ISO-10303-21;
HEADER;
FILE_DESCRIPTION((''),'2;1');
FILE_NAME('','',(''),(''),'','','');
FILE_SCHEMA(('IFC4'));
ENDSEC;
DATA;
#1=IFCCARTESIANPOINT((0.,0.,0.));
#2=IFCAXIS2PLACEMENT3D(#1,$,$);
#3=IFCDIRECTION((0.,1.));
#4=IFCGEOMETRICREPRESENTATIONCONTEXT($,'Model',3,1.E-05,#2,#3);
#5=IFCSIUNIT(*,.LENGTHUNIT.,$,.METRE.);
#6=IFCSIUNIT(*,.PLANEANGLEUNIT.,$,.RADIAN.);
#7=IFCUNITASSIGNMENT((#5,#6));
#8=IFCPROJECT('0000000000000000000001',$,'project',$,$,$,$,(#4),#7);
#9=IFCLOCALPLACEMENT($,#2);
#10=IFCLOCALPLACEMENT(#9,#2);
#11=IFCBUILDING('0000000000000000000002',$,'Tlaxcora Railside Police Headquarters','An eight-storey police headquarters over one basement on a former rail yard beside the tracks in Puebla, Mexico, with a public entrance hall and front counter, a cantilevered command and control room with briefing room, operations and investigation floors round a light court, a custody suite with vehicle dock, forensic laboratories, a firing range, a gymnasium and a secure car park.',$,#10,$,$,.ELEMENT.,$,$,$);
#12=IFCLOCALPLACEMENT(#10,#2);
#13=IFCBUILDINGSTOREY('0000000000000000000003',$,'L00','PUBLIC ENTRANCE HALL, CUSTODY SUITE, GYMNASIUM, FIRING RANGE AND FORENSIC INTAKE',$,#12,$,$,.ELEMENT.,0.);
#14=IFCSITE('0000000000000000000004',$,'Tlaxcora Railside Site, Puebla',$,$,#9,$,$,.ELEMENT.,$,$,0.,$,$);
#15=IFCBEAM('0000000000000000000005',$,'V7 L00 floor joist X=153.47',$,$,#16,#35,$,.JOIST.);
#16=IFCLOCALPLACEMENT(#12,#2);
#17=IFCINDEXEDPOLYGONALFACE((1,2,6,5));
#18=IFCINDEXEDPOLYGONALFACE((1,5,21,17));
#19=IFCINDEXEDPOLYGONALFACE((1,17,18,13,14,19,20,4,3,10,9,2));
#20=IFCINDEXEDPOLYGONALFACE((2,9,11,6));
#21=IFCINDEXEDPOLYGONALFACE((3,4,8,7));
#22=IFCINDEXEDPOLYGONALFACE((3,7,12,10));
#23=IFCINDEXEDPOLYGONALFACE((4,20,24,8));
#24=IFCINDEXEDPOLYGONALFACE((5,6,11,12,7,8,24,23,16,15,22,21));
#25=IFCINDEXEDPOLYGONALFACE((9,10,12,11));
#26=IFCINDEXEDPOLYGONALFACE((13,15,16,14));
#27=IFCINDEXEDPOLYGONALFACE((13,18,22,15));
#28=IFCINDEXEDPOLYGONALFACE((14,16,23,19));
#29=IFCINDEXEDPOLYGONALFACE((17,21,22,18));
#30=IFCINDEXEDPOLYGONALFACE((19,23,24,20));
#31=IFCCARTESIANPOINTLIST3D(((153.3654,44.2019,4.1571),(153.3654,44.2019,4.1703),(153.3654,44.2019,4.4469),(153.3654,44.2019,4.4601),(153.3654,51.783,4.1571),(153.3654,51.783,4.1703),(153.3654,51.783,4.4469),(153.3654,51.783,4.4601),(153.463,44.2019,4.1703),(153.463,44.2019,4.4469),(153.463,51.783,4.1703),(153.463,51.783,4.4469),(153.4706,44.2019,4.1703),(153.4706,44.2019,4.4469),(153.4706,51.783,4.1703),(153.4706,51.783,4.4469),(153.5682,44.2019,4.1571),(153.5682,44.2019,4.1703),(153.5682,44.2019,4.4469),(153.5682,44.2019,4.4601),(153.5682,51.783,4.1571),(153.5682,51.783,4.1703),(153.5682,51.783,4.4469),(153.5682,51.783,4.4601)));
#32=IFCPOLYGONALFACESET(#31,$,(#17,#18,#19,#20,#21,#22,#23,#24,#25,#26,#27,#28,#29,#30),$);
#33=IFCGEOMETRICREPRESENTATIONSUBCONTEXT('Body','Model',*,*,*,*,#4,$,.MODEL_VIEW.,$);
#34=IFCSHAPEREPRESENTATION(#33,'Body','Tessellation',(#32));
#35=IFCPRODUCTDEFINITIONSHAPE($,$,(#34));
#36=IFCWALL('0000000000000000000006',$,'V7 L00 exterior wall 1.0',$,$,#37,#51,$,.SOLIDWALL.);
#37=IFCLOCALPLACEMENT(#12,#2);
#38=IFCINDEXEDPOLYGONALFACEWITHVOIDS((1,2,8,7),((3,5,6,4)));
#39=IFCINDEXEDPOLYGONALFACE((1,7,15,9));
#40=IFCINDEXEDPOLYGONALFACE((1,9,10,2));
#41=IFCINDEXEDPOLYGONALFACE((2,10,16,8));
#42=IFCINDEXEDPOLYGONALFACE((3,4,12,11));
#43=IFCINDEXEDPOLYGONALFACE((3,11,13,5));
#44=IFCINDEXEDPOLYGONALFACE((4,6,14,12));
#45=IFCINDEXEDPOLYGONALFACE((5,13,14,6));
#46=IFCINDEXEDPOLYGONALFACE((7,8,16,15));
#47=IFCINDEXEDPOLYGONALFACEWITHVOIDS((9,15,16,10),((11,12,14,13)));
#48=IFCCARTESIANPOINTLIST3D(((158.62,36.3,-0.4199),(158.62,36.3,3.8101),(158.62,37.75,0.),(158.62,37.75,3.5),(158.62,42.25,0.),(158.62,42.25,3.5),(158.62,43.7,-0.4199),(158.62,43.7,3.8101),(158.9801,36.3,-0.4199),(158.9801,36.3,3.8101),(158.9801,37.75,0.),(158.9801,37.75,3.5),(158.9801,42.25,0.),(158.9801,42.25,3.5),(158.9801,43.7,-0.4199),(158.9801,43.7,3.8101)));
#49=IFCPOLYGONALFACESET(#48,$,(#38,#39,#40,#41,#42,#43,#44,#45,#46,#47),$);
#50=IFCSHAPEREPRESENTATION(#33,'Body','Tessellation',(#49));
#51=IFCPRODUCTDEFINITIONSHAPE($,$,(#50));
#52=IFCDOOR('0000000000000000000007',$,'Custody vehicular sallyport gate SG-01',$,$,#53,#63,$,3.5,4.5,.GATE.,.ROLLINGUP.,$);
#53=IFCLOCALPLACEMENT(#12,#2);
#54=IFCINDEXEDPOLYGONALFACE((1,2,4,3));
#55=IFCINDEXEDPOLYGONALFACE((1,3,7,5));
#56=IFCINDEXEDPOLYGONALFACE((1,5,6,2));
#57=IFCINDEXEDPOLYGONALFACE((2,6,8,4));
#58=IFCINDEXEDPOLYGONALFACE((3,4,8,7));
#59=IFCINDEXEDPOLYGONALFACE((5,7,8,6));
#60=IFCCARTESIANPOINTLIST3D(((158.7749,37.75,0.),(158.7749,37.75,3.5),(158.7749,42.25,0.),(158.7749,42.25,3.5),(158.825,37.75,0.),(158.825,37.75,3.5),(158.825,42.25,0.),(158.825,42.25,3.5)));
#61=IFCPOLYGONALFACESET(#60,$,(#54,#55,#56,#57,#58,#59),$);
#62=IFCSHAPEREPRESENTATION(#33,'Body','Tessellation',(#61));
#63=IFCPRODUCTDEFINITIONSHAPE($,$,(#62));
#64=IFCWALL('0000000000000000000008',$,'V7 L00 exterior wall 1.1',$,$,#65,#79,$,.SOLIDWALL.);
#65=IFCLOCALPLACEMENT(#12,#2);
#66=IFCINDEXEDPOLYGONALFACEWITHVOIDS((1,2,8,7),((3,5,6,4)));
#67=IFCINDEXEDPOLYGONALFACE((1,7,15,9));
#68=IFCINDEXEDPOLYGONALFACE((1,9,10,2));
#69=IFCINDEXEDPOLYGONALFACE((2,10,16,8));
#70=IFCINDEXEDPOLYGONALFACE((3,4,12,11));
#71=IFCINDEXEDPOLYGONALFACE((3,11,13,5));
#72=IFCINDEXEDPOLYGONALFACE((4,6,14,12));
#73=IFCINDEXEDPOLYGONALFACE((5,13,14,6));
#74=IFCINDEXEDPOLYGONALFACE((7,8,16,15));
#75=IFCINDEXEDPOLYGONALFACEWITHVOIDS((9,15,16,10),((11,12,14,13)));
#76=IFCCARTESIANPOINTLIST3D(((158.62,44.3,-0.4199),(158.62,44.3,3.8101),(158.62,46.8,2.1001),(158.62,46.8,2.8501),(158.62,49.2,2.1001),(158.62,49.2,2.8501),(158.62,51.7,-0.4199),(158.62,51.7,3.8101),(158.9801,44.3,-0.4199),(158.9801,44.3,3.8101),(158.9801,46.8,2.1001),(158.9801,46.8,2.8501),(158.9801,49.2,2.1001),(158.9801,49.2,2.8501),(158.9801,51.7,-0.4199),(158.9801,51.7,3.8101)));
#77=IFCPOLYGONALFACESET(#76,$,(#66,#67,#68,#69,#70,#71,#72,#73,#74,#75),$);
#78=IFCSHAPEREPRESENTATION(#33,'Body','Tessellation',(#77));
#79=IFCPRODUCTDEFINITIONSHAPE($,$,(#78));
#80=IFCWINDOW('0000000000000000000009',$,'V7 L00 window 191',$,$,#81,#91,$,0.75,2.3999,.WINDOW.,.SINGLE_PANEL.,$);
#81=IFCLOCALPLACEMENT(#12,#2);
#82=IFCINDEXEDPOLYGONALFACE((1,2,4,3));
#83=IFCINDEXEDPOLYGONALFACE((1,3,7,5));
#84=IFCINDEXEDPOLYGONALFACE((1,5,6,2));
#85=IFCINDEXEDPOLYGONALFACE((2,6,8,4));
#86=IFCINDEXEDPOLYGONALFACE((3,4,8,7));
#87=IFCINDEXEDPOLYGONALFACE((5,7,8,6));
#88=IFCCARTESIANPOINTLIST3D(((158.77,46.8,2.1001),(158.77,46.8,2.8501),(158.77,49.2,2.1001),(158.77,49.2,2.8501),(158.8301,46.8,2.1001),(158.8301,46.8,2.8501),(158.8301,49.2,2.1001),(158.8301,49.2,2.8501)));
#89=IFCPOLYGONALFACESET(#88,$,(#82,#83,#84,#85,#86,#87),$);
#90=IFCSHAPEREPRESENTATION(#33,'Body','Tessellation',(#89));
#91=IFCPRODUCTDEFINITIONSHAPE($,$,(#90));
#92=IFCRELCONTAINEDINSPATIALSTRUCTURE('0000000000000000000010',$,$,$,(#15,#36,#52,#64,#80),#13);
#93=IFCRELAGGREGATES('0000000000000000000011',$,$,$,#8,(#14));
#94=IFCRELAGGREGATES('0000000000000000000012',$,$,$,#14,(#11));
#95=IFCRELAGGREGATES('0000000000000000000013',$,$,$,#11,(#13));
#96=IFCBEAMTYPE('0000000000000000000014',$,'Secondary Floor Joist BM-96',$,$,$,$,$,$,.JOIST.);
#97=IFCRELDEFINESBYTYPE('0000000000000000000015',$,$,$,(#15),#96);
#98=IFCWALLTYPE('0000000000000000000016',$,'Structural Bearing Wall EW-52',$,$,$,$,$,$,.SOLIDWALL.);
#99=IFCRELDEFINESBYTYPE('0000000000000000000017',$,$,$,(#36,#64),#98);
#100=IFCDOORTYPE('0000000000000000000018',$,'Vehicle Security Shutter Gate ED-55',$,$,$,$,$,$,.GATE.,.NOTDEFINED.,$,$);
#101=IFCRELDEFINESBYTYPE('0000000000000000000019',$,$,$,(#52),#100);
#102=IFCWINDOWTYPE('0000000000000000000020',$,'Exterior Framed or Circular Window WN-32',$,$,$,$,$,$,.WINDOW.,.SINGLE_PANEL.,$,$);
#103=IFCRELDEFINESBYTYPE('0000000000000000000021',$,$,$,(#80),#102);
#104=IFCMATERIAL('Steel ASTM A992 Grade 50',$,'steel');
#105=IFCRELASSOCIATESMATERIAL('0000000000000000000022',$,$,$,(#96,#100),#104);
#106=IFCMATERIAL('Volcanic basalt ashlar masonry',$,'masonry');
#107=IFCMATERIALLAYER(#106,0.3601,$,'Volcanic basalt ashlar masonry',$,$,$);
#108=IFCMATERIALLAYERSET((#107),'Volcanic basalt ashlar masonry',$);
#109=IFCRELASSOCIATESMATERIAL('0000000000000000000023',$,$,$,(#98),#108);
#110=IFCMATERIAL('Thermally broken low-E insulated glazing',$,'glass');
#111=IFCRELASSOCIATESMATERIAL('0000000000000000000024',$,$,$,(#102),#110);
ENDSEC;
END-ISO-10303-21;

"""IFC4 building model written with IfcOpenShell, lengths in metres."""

from ifc_helpers import new_model, si_unit, direction, frame, frame_2d, origin, origin_2d, place, context, subcontext, project, spatial, rectangle, i_section, extrude, material, layer, layer_set, material_profile, profile_set, type_object, element, fill, save


model = new_model("IFC4")

# Units and contexts
model_context = context("Model", 3, precision=1e-05, world=origin(), true_north=direction((0.0, 1.0)))
body_context = subcontext(model_context, "Body", "Model", "MODEL_VIEW")
ifc_project = project(units=[si_unit("LENGTHUNIT", "METRE"), si_unit("PLANEANGLEUNIT", "RADIAN")], contexts=[model_context])

# Site, building, storey
site_placement = place(None, origin())
site = spatial("IfcSite", under=ifc_project, at=site_placement, Name="Tlaxcora Railside Site, Puebla", CompositionType="ELEMENT", RefElevation=0.0)
building_placement = place(site_placement, origin())
building = spatial("IfcBuilding", under=site, at=building_placement, Name="Tlaxcora Railside Police Headquarters", Description="An eight-storey police headquarters over one basement on a former rail yard beside the tracks in Puebla, Mexico, with a public entrance hall and front counter, a cantilevered command and control room with briefing room, operations and investigation floors round a light court, a custody suite with vehicle dock, forensic laboratories, a firing range, a gymnasium and a secure car park.", CompositionType="ELEMENT")
storey_placement = place(building_placement, origin())
storey = spatial("IfcBuildingStorey", under=building, at=storey_placement, Name="L00", Description="PUBLIC ENTRANCE HALL, CUSTODY SUITE, GYMNASIUM, FIRING RANGE AND FORENSIC INTAKE", CompositionType="ELEMENT", Elevation=0.0)

# Beam
ifc_material_1 = material(Name="Steel ASTM A992 Grade 50", Category="steel")
ifc_material_profile_1 = material_profile(ifc_material_1, i_section(OverallWidth=0.2029, OverallDepth=0.303, WebThickness=0.0076, FlangeThickness=0.0132, at=origin_2d()), Name="W12X40")
ifc_profile_set_1 = profile_set([ifc_material_profile_1], Name="Steel ASTM A992 Grade 50")
beam_type_1 = type_object("IfcBeamType", Name="Secondary Floor Joist BM-96", PredefinedType="JOIST", material=ifc_profile_set_1)
for number, where, z_axis, x_axis, name in (
    (1, (153.4668, 44.2019, 4.3086), (0.0, 1.0, 0.0), (-1.0, 0.0, 0.0), "V7 L00 floor joist X=153.47"),
):
    element("IfcBeam", number, at=place(storey_placement, frame(where, z_axis=z_axis, x_axis=x_axis)), inside=storey, type_object=beam_type_1, Name=name, PredefinedType="JOIST", context=body_context, shape_type="SweptSolid", body=[
        extrude(i_section(OverallWidth=0.2029, OverallDepth=0.303, WebThickness=0.0076, FlangeThickness=0.0132, at=origin_2d()), origin(), (0.0, 0.0, 1.0), 7.5811),
    ])

# Wall, opening, door
ifc_material_2 = material(Name="Volcanic basalt ashlar masonry", Category="masonry")
ifc_layer_1 = layer(ifc_material_2, 0.3601, Name="Volcanic basalt ashlar masonry")
ifc_layer_set_1 = layer_set([ifc_layer_1], Name="Volcanic basalt ashlar masonry")
wall_type = type_object("IfcWallType", Name="Structural Bearing Wall EW-52", PredefinedType="SOLIDWALL", material=ifc_layer_set_1)
wall_1_placement = place(storey_placement, frame((158.8, 36.3, -0.4199), z_axis=(0.0, 0.0, 1.0), x_axis=(0.0, 1.0, 0.0)))
wall_1 = element("IfcWall", 2, at=wall_1_placement, inside=storey, type_object=wall_type, Name="V7 L00 exterior wall 1.0", PredefinedType="SOLIDWALL", context=body_context, shape_type="SweptSolid", body=[
    extrude(rectangle(XDim=7.3999, YDim=0.3601, at=frame_2d((3.7, 0.0))), origin(), (0.0, 0.0, 1.0), 4.23),
])
opening_1_placement = place(wall_1_placement, frame((1.45, 0.0, 0.4199)))
opening_1 = element("IfcOpeningElement", 3, at=opening_1_placement, cuts=wall_1, PredefinedType="OPENING", context=body_context, shape_type="SweptSolid", body=[
    extrude(rectangle(XDim=4.5, YDim=3.5, at=frame_2d((2.25, 1.75))), frame((0.0, 0.1899, 0.0), z_axis=(0.0, -1.0, 0.0), x_axis=(1.0, 0.0, 0.0)), (0.0, 0.0, 1.0), 0.3801),
])
door_type = type_object("IfcDoorType", Name="Vehicle Security Shutter Gate ED-55", OperationType="NOTDEFINED", PredefinedType="GATE", material=ifc_material_1)
door_placement = place(opening_1_placement, frame((4.5, 0.0, 0.0), z_axis=(0.0, 0.0, 1.0), x_axis=(-1.0, 0.0, 0.0)))
door = element("IfcDoor", 4, at=door_placement, inside=storey, type_object=door_type, Name="Custody vehicular sallyport gate SG-01", OperationType="ROLLINGUP", OverallHeight=3.5, OverallWidth=4.5, PredefinedType="GATE", context=body_context, shape_type="SweptSolid", body=[
    extrude(rectangle(XDim=4.5, YDim=3.5, at=frame_2d((2.25, 1.75))), frame((0.0, 0.0249, 0.0), z_axis=(0.0, -1.0, 0.0), x_axis=(1.0, 0.0, 0.0)), (0.0, 0.0, 1.0), 0.05),
])
fill(opening_1, door)

# Wall, opening, window
wall_2_placement = place(storey_placement, frame((158.8, 44.3, -0.4199), z_axis=(0.0, 0.0, 1.0), x_axis=(0.0, 1.0, 0.0)))
wall_2 = element("IfcWall", 5, at=wall_2_placement, inside=storey, type_object=wall_type, Name="V7 L00 exterior wall 1.1", PredefinedType="SOLIDWALL", context=body_context, shape_type="SweptSolid", body=[
    extrude(rectangle(XDim=7.3999, YDim=0.3601, at=frame_2d((3.7, 0.0))), origin(), (0.0, 0.0, 1.0), 4.23),
])
opening_2_placement = place(wall_2_placement, frame((2.5, 0.0, 2.52)))
opening_2 = element("IfcOpeningElement", 6, at=opening_2_placement, cuts=wall_2, PredefinedType="OPENING", context=body_context, shape_type="SweptSolid", body=[
    extrude(rectangle(XDim=2.3999, YDim=0.75, at=frame_2d((1.2, 0.375))), frame((0.0, 0.1899, 0.0), z_axis=(0.0, -1.0, 0.0), x_axis=(1.0, 0.0, 0.0)), (0.0, 0.0, 1.0), 0.3801),
])
ifc_material_3 = material(Name="Thermally broken low-E insulated glazing", Category="glass")
window_type = type_object("IfcWindowType", Name="Exterior Framed or Circular Window WN-32", PartitioningType="SINGLE_PANEL", PredefinedType="WINDOW", material=ifc_material_3)
window_placement = place(opening_2_placement, origin())
window = element("IfcWindow", 7, at=window_placement, inside=storey, type_object=window_type, Name="V7 L00 window 191", OverallHeight=0.75, OverallWidth=2.3999, PartitioningType="SINGLE_PANEL", PredefinedType="WINDOW", context=body_context, shape_type="SweptSolid", body=[
    extrude(rectangle(XDim=2.3999, YDim=0.75, at=frame_2d((1.2, 0.375))), frame((0.0, 0.03, 0.0), z_axis=(0.0, -1.0, 0.0), x_axis=(1.0, 0.0, 0.0)), (0.0, 0.0, 1.0), 0.0601),
])
fill(opening_2, window)

save(model, "model.ifc")
